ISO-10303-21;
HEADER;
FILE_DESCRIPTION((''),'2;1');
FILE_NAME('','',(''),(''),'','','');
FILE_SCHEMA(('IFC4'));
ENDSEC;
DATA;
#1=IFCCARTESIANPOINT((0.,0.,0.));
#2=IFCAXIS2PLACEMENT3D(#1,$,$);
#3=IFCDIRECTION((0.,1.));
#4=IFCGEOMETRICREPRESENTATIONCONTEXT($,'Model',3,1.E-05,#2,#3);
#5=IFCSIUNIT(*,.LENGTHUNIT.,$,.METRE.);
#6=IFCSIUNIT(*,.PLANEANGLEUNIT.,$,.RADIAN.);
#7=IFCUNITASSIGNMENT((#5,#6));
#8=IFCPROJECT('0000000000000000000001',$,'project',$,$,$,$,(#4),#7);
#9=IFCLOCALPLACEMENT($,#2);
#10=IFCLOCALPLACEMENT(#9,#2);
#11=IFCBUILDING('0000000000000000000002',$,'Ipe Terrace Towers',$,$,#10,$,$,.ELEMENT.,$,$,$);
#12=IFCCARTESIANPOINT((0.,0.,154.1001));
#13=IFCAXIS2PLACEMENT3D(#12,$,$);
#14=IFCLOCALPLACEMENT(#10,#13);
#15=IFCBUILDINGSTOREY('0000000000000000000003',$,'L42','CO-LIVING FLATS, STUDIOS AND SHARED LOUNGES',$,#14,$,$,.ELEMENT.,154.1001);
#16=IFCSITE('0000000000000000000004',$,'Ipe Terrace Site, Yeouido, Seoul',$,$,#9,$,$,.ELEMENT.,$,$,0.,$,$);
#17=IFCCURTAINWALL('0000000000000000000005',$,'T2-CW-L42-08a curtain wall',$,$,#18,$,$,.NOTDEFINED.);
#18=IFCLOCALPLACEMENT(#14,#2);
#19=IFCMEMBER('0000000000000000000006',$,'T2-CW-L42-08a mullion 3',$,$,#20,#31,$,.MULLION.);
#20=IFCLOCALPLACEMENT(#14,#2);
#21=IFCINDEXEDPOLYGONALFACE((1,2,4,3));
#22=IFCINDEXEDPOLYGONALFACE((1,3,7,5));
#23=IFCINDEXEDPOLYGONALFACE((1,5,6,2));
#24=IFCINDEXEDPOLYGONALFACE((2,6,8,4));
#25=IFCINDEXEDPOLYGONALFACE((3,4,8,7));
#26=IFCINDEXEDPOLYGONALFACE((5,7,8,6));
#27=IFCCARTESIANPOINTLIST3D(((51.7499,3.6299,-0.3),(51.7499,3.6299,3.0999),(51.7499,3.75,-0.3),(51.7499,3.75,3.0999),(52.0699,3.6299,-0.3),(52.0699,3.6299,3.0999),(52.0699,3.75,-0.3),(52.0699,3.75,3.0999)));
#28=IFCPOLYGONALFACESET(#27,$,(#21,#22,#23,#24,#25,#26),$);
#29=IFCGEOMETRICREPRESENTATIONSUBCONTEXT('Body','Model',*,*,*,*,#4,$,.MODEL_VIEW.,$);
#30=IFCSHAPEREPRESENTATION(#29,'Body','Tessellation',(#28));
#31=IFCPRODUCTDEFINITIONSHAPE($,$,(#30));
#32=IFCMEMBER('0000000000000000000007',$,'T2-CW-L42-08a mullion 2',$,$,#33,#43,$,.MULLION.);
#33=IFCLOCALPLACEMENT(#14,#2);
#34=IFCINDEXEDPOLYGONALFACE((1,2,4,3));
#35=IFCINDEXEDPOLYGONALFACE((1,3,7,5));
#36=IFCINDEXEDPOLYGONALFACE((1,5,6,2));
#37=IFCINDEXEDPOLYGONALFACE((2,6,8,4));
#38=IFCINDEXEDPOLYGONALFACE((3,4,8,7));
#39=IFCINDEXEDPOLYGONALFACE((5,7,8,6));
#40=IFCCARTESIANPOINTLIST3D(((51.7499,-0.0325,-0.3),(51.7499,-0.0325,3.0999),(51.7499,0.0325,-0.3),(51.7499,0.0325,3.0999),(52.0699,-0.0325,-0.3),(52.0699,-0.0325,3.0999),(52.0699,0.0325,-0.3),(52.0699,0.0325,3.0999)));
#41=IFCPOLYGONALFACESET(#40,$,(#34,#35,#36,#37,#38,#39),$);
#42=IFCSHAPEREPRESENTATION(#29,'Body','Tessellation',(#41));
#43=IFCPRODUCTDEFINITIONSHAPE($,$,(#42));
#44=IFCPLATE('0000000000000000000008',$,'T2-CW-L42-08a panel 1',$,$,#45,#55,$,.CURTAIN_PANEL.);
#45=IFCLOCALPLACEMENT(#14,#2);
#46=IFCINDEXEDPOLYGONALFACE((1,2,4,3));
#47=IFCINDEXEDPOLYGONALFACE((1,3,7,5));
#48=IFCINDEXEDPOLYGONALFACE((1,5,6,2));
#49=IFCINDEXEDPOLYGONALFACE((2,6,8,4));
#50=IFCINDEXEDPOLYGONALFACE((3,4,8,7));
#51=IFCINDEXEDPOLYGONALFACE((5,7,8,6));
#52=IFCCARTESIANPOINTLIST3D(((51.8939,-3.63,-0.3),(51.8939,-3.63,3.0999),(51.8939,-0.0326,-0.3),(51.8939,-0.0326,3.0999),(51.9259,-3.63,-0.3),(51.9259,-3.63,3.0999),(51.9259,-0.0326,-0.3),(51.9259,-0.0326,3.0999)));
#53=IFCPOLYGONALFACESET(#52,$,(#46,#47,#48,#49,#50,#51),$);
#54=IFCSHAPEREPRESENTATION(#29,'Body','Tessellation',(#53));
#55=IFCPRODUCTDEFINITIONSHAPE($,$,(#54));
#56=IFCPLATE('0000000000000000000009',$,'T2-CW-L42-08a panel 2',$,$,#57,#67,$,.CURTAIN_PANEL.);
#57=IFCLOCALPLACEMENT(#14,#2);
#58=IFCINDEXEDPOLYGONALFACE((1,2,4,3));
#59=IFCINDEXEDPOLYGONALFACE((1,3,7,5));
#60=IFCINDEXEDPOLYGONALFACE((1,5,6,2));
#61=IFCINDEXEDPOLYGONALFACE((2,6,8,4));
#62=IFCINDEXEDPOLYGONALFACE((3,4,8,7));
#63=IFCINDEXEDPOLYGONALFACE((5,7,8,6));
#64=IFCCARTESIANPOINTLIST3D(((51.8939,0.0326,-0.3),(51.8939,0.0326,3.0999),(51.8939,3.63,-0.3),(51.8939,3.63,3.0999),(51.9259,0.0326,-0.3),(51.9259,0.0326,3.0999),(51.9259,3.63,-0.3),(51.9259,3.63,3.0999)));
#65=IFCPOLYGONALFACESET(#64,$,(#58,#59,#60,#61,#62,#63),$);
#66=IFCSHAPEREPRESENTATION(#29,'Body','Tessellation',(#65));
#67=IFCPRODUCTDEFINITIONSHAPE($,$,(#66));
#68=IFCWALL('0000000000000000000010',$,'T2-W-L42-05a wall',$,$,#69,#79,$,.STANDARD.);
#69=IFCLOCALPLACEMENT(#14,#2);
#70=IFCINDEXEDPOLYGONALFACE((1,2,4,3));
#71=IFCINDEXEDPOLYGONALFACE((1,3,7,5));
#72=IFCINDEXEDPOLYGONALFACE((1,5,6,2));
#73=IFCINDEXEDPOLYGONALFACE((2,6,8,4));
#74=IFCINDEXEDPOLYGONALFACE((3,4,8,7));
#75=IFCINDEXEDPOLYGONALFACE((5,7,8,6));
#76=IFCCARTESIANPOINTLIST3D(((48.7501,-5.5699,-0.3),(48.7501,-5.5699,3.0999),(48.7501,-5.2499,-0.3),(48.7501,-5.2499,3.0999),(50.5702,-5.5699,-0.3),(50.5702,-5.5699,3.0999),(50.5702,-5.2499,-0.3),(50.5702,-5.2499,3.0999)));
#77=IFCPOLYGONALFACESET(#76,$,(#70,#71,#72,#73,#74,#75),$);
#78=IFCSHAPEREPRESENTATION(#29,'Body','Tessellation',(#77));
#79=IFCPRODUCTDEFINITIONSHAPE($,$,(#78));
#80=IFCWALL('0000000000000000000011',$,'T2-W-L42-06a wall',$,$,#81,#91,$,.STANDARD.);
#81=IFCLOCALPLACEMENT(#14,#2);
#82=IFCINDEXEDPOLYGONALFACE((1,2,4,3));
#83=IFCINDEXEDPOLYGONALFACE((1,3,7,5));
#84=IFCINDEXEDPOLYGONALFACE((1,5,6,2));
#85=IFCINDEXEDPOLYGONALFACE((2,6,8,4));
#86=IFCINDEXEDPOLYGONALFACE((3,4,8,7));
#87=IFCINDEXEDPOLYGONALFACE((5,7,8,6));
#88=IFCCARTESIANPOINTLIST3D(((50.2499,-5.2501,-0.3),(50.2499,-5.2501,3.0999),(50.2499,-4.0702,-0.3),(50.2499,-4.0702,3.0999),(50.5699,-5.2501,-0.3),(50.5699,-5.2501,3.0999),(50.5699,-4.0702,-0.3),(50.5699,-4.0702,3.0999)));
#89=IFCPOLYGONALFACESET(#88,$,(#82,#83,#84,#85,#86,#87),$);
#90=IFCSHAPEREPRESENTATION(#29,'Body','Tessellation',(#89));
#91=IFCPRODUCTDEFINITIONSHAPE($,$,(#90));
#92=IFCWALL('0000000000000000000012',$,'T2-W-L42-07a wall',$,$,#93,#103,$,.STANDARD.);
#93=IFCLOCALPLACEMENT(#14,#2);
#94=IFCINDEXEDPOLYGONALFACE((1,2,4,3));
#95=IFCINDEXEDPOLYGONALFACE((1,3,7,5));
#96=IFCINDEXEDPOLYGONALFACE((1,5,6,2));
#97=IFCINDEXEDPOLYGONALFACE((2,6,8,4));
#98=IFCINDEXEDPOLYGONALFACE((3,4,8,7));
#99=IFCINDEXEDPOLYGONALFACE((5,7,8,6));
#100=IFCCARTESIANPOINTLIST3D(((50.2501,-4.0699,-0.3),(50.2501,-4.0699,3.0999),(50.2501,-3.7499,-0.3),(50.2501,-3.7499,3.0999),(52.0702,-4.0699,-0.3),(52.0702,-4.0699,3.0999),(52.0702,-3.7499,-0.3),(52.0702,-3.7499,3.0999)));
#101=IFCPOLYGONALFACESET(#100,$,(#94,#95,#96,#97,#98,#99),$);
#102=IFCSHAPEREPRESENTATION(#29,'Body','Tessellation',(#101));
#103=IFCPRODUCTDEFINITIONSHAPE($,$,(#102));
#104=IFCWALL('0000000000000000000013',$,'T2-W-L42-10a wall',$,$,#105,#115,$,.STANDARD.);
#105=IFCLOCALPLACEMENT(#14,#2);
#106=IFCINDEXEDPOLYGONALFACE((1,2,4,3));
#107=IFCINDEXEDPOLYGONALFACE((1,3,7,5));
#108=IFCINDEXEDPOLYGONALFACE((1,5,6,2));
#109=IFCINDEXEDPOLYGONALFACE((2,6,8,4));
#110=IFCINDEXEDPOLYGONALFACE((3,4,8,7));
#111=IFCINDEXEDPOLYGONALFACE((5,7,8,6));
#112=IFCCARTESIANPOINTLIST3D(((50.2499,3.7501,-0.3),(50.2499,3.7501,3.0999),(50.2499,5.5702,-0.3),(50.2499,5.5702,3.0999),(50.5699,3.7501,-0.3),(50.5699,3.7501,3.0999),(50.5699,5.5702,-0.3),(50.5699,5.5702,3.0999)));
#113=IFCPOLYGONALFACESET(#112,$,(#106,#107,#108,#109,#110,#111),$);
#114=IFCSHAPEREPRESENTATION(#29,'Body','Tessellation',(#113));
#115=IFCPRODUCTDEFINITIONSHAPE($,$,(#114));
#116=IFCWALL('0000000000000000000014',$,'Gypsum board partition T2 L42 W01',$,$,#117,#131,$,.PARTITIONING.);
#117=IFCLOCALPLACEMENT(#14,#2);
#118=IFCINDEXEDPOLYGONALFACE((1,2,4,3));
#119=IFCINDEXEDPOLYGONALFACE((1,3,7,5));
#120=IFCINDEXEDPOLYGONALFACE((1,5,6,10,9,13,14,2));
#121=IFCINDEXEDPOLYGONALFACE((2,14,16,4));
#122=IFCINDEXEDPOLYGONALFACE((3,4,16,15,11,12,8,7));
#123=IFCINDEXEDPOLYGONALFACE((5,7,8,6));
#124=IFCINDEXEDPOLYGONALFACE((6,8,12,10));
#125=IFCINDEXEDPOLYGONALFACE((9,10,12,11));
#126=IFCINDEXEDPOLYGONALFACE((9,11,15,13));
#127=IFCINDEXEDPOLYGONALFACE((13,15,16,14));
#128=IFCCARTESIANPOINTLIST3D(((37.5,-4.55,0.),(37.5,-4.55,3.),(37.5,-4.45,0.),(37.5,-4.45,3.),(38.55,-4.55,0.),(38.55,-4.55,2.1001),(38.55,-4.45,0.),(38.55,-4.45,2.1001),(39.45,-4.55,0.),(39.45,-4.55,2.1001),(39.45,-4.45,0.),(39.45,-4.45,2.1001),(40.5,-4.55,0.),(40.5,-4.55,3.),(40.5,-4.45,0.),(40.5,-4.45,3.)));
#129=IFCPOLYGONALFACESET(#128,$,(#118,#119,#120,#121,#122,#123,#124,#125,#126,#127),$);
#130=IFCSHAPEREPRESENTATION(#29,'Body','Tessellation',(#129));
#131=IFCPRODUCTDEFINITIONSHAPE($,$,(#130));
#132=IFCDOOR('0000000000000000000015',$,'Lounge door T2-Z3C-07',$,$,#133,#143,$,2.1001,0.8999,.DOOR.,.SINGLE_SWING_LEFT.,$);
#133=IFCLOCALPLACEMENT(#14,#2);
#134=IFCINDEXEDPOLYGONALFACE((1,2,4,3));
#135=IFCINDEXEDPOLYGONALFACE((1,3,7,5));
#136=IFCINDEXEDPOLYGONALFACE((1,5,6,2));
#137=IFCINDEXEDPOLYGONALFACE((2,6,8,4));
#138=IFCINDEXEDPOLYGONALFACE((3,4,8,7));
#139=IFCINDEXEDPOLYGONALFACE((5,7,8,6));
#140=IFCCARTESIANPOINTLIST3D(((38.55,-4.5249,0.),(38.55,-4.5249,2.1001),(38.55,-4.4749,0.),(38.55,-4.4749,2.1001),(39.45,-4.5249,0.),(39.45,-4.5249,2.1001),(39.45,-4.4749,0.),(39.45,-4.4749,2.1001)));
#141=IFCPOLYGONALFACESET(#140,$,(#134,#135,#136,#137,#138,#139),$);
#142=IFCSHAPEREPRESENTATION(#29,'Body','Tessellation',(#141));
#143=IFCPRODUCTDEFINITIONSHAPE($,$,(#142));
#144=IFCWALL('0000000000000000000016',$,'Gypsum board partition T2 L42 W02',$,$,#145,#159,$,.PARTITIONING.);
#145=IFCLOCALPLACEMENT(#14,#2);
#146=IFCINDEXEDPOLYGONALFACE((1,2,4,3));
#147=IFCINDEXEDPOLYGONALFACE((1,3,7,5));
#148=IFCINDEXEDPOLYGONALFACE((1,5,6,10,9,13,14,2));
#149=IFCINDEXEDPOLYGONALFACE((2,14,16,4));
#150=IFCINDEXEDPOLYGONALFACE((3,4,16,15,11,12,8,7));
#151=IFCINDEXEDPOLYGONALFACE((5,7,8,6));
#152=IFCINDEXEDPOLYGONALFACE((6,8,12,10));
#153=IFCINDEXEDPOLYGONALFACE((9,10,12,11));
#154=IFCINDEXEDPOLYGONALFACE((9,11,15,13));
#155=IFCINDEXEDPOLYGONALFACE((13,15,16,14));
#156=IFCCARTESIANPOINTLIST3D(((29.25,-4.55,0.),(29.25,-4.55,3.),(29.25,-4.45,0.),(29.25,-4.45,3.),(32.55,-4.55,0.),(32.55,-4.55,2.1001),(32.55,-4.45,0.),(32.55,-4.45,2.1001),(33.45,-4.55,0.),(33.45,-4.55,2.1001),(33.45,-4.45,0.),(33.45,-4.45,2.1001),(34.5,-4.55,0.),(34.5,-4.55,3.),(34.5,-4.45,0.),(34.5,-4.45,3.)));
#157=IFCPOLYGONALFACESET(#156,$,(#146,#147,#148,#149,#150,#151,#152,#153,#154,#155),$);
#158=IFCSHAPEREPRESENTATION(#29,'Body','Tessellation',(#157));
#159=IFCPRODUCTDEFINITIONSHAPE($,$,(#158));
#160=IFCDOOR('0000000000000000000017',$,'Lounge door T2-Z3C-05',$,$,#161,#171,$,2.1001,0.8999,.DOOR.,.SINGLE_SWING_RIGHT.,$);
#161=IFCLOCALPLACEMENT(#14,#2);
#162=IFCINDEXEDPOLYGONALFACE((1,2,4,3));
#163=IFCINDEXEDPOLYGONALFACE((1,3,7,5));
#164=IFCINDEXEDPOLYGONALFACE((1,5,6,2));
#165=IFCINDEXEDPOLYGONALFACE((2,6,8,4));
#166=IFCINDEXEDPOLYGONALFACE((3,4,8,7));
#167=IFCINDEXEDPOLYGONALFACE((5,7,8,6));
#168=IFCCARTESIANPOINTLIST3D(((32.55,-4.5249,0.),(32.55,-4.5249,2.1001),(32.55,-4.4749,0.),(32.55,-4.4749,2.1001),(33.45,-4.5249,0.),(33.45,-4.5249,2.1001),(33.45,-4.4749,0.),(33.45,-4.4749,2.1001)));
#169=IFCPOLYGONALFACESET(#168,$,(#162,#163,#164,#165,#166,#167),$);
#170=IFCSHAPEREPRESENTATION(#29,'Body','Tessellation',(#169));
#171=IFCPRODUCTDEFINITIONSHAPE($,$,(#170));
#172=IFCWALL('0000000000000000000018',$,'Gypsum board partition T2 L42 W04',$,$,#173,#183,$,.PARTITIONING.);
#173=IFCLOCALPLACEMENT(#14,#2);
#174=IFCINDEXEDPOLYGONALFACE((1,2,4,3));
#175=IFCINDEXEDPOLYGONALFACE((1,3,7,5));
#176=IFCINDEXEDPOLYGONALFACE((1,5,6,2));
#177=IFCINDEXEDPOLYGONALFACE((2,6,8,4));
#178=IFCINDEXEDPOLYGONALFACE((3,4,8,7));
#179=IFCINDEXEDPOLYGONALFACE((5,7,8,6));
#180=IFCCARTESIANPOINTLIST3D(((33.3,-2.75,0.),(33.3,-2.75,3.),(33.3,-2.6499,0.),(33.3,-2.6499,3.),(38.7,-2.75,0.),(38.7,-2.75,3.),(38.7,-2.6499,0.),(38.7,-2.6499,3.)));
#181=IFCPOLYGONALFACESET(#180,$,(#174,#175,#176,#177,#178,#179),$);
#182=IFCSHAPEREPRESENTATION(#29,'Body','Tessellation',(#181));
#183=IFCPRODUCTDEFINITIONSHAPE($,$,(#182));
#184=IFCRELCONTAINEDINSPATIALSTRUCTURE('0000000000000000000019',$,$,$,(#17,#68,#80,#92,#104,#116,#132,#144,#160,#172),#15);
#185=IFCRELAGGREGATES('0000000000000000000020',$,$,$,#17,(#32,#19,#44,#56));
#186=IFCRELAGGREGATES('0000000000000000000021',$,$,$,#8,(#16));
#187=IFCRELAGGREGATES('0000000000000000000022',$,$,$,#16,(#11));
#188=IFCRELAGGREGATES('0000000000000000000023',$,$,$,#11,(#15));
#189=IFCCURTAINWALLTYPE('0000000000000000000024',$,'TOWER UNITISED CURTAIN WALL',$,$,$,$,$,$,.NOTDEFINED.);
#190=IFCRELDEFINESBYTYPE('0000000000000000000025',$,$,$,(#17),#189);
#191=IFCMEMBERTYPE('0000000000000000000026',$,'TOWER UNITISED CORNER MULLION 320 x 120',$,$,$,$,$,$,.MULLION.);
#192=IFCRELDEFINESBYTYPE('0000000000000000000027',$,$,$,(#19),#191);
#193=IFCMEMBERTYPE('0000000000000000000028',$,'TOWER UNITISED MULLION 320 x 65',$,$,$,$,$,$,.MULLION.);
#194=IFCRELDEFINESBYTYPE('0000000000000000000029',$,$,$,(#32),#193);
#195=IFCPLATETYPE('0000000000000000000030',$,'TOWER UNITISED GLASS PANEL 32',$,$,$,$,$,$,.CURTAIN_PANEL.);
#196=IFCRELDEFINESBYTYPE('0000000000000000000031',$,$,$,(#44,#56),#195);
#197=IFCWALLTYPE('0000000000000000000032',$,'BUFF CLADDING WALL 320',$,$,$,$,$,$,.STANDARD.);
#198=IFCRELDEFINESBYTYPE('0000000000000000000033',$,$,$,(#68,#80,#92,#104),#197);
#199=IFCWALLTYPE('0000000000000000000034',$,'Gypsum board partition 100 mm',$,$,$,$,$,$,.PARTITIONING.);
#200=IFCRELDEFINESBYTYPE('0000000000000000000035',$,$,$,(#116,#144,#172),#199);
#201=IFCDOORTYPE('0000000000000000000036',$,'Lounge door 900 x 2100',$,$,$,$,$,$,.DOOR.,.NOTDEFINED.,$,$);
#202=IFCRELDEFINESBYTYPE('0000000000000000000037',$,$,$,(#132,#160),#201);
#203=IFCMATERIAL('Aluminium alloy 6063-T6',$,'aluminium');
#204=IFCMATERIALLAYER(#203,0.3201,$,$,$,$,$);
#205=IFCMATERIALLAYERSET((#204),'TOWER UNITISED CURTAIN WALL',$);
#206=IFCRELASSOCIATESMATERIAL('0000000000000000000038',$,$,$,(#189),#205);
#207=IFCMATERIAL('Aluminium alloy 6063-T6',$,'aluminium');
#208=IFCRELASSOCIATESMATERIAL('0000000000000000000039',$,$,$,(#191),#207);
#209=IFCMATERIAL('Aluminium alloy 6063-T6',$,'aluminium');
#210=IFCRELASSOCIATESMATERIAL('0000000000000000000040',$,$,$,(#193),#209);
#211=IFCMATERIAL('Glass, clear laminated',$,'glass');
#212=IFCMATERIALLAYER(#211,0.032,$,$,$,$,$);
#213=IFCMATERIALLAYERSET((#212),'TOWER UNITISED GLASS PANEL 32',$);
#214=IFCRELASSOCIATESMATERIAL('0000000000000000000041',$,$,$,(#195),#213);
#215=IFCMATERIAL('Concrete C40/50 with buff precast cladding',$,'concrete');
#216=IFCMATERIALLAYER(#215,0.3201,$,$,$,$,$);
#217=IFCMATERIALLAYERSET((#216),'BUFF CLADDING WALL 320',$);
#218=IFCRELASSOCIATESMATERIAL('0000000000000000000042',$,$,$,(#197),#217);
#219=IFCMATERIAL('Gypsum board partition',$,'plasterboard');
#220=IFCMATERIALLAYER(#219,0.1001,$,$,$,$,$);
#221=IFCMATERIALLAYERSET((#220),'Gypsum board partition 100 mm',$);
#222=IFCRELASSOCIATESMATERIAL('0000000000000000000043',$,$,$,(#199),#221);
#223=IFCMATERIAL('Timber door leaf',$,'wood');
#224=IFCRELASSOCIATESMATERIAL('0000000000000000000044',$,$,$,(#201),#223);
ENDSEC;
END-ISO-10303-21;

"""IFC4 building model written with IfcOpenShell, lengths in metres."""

from ifc_helpers import new_model, si_unit, direction, frame, frame_2d, origin, origin_2d, place, context, subcontext, project, spatial, rectangle, extrude, material, layer, layer_set, material_profile, profile_set, type_object, element, fill, aggregate, save


model = new_model("IFC4")

# Units and contexts
model_context = context("Model", 3, precision=1e-05, world=origin(), true_north=direction((0.0, 1.0)))
body_context = subcontext(model_context, "Body", "Model", "MODEL_VIEW")
ifc_project = project(units=[si_unit("LENGTHUNIT", "METRE"), si_unit("PLANEANGLEUNIT", "RADIAN")], contexts=[model_context])

# Site, building, storey
site_placement = place(None, origin())
site = spatial("IfcSite", under=ifc_project, at=site_placement, Name="Ipe Terrace Site, Yeouido, Seoul", CompositionType="ELEMENT", RefElevation=0.0)
building_placement = place(site_placement, origin())
building = spatial("IfcBuilding", under=site, at=building_placement, Name="Ipe Terrace Towers", CompositionType="ELEMENT")
storey_placement = place(building_placement, frame((0.0, 0.0, 154.1001)))
storey = spatial("IfcBuildingStorey", under=building, at=storey_placement, Name="L42", Description="CO-LIVING FLATS, STUDIOS AND SHARED LOUNGES", CompositionType="ELEMENT", Elevation=154.1001)

# Curtain wall, members, plates
ifc_material_1 = material(Name="Aluminium alloy 6063-T6", Category="aluminium")
ifc_layer_1 = layer(ifc_material_1, 0.3201)
ifc_layer_set_1 = layer_set([ifc_layer_1], Name="TOWER UNITISED CURTAIN WALL")
curtain_wall_type = type_object("IfcCurtainWallType", Name="TOWER UNITISED CURTAIN WALL", PredefinedType="NOTDEFINED", material=ifc_layer_set_1)
curtain_wall_placement = place(storey_placement, origin())
curtain_wall = element("IfcCurtainWall", 1, at=curtain_wall_placement, inside=storey, type_object=curtain_wall_type, Name="T2-CW-L42-08a curtain wall", PredefinedType="NOTDEFINED")
ifc_material_2 = material(Name="Aluminium alloy 6063-T6", Category="aluminium")
ifc_material_profile_1 = material_profile(ifc_material_2, rectangle(XDim=0.3201, YDim=0.1201, at=origin_2d()), Name="TOWER UNITISED CORNER MULLION 320 x 120")
ifc_profile_set_1 = profile_set([ifc_material_profile_1], Name="Aluminium alloy 6063-T6")
member_type_1 = type_object("IfcMemberType", Name="TOWER UNITISED CORNER MULLION 320 x 120", PredefinedType="MULLION", material=ifc_profile_set_1)
member_1_placement = place(storey_placement, frame((51.9099, 3.6899, -0.3), z_axis=(0.0, 0.0, 1.0), x_axis=(1.0, 0.0, 0.0)))
member_1 = element("IfcMember", 2, at=member_1_placement, type_object=member_type_1, Name="T2-CW-L42-08a mullion 3", PredefinedType="MULLION", context=body_context, shape_type="SweptSolid", body=[
    extrude(rectangle(XDim=0.3201, YDim=0.1201, at=origin_2d()), origin(), (0.0, 0.0, 1.0), 3.3999),
])
ifc_material_3 = material(Name="Aluminium alloy 6063-T6", Category="aluminium")
ifc_material_profile_2 = material_profile(ifc_material_3, rectangle(XDim=0.3201, YDim=0.0649, at=origin_2d()), Name="TOWER UNITISED MULLION 320 x 65")
ifc_profile_set_2 = profile_set([ifc_material_profile_2], Name="Aluminium alloy 6063-T6")
member_type_2 = type_object("IfcMemberType", Name="TOWER UNITISED MULLION 320 x 65", PredefinedType="MULLION", material=ifc_profile_set_2)
member_2_placement = place(storey_placement, frame((51.9099, 0.0, -0.3), z_axis=(0.0, 0.0, 1.0), x_axis=(1.0, 0.0, 0.0)))
member_2 = element("IfcMember", 3, at=member_2_placement, type_object=member_type_2, Name="T2-CW-L42-08a mullion 2", PredefinedType="MULLION", context=body_context, shape_type="SweptSolid", body=[
    extrude(rectangle(XDim=0.3201, YDim=0.0649, at=origin_2d()), origin(), (0.0, 0.0, 1.0), 3.3999),
])
ifc_material_4 = material(Name="Glass, clear laminated", Category="glass")
ifc_layer_2 = layer(ifc_material_4, 0.032)
ifc_layer_set_2 = layer_set([ifc_layer_2], Name="TOWER UNITISED GLASS PANEL 32")
plate_type = type_object("IfcPlateType", Name="TOWER UNITISED GLASS PANEL 32", PredefinedType="CURTAIN_PANEL", material=ifc_layer_set_2)
plate_1_placement = place(storey_placement, frame((51.9099, -1.8313, -0.3), z_axis=(0.0, 0.0, 1.0), x_axis=(0.0, 1.0, 0.0)))
plate_1 = element("IfcPlate", 4, at=plate_1_placement, type_object=plate_type, Name="T2-CW-L42-08a panel 1", PredefinedType="CURTAIN_PANEL", context=body_context, shape_type="SweptSolid", body=[
    extrude(rectangle(XDim=3.5974, YDim=0.032, at=origin_2d()), origin(), (0.0, 0.0, 1.0), 3.3999),
])
plate_2_placement = place(storey_placement, frame((51.9099, 1.8313, -0.3), z_axis=(0.0, 0.0, 1.0), x_axis=(0.0, 1.0, 0.0)))
plate_2 = element("IfcPlate", 5, at=plate_2_placement, type_object=plate_type, Name="T2-CW-L42-08a panel 2", PredefinedType="CURTAIN_PANEL", context=body_context, shape_type="SweptSolid", body=[
    extrude(rectangle(XDim=3.5974, YDim=0.032, at=origin_2d()), origin(), (0.0, 0.0, 1.0), 3.3999),
])
aggregate(curtain_wall, [member_2, member_1, plate_1, plate_2])

# Walls
ifc_material_5 = material(Name="Concrete C40/50 with buff precast cladding", Category="concrete")
ifc_layer_3 = layer(ifc_material_5, 0.3201)
ifc_layer_set_3 = layer_set([ifc_layer_3], Name="BUFF CLADDING WALL 320")
wall_type_1 = type_object("IfcWallType", Name="BUFF CLADDING WALL 320", PredefinedType="STANDARD", material=ifc_layer_set_3)
wall_1_placement = place(storey_placement, frame((48.75, -5.4099, -0.3), z_axis=(0.0, 0.0, 1.0), x_axis=(1.0, 0.0, 0.0)))
element("IfcWall", 6, at=wall_1_placement, inside=storey, type_object=wall_type_1, Name="T2-W-L42-05a wall", PredefinedType="STANDARD", context=body_context, shape_type="SweptSolid", body=[
    extrude(rectangle(XDim=1.8201, YDim=0.3201, at=frame_2d((0.9102, 0.0))), origin(), (0.0, 0.0, 1.0), 3.3999),
])
wall_2_placement = place(storey_placement, frame((50.4099, -5.25, -0.3), z_axis=(0.0, 0.0, 1.0), x_axis=(0.0, 1.0, 0.0)))
element("IfcWall", 7, at=wall_2_placement, inside=storey, type_object=wall_type_1, Name="T2-W-L42-06a wall", PredefinedType="STANDARD", context=body_context, shape_type="SweptSolid", body=[
    extrude(rectangle(XDim=1.1799, YDim=0.3201, at=frame_2d((0.5898, 0.0))), origin(), (0.0, 0.0, 1.0), 3.3999),
])
for number, where, z_axis, x_axis, name in (
    (8, (50.25, -3.9099, -0.3), (0.0, 0.0, 1.0), (1.0, 0.0, 0.0), "T2-W-L42-07a wall"),
    (9, (50.4099, 3.75, -0.3), (0.0, 0.0, 1.0), (0.0, 1.0, 0.0), "T2-W-L42-10a wall"),
):
    element("IfcWall", number, at=place(storey_placement, frame(where, z_axis=z_axis, x_axis=x_axis)), inside=storey, type_object=wall_type_1, Name=name, PredefinedType="STANDARD", context=body_context, shape_type="SweptSolid", body=[
        extrude(rectangle(XDim=1.8201, YDim=0.3201, at=frame_2d((0.9102, 0.0))), origin(), (0.0, 0.0, 1.0), 3.3999),
    ])

# Walls, openings, doors
ifc_material_6 = material(Name="Gypsum board partition", Category="plasterboard")
ifc_layer_4 = layer(ifc_material_6, 0.1001)
ifc_layer_set_4 = layer_set([ifc_layer_4], Name="Gypsum board partition 100 mm")
wall_type_2 = type_object("IfcWallType", Name="Gypsum board partition 100 mm", PredefinedType="PARTITIONING", material=ifc_layer_set_4)
wall_3_placement = place(storey_placement, frame((40.5, -4.5, 0.0), z_axis=(0.0, 0.0, 1.0), x_axis=(-1.0, 0.0, 0.0)))
wall_3 = element("IfcWall", 10, at=wall_3_placement, inside=storey, type_object=wall_type_2, Name="Gypsum board partition T2 L42 W01", PredefinedType="PARTITIONING", context=body_context, shape_type="SweptSolid", body=[
    extrude(rectangle(XDim=3.0, YDim=0.1001, at=frame_2d((1.5, 0.0))), origin(), (0.0, 0.0, 1.0), 3.0),
])
opening_1_placement = place(wall_3_placement, frame((1.05, 0.0, 0.0)))
opening_1 = element("IfcOpeningElement", 11, at=opening_1_placement, cuts=wall_3, PredefinedType="OPENING", context=body_context, shape_type="SweptSolid", body=[
    extrude(rectangle(XDim=0.8999, YDim=2.1001, at=frame_2d((0.45, 1.05))), frame((0.0, 0.0601, 0.0), z_axis=(0.0, -1.0, 0.0), x_axis=(1.0, 0.0, 0.0)), (0.0, 0.0, 1.0), 0.1201),
])
ifc_material_7 = material(Name="Timber door leaf", Category="wood")
door_type = type_object("IfcDoorType", Name="Lounge door 900 x 2100", OperationType="NOTDEFINED", PredefinedType="DOOR", material=ifc_material_7)
door_1_placement = place(opening_1_placement, origin())
door_1 = element("IfcDoor", 12, at=door_1_placement, inside=storey, type_object=door_type, Name="Lounge door T2-Z3C-07", OperationType="SINGLE_SWING_LEFT", OverallHeight=2.1001, OverallWidth=0.8999, PredefinedType="DOOR", context=body_context, shape_type="SweptSolid", body=[
    extrude(rectangle(XDim=0.8999, YDim=2.1001, at=frame_2d((0.45, 1.05))), frame((0.0, 0.0249, 0.0), z_axis=(0.0, -1.0, 0.0), x_axis=(1.0, 0.0, 0.0)), (0.0, 0.0, 1.0), 0.05),
])
fill(opening_1, door_1)
wall_4_placement = place(storey_placement, frame((34.5, -4.5, 0.0), z_axis=(0.0, 0.0, 1.0), x_axis=(-1.0, 0.0, 0.0)))
wall_4 = element("IfcWall", 13, at=wall_4_placement, inside=storey, type_object=wall_type_2, Name="Gypsum board partition T2 L42 W02", PredefinedType="PARTITIONING", context=body_context, shape_type="SweptSolid", body=[
    extrude(rectangle(XDim=5.25, YDim=0.1001, at=frame_2d((2.625, 0.0))), origin(), (0.0, 0.0, 1.0), 3.0),
])
opening_2_placement = place(wall_4_placement, frame((1.05, 0.0, 0.0)))
opening_2 = element("IfcOpeningElement", 14, at=opening_2_placement, cuts=wall_4, PredefinedType="OPENING", context=body_context, shape_type="SweptSolid", body=[
    extrude(rectangle(XDim=0.8999, YDim=2.1001, at=frame_2d((0.45, 1.05))), frame((0.0, 0.0601, 0.0), z_axis=(0.0, -1.0, 0.0), x_axis=(1.0, 0.0, 0.0)), (0.0, 0.0, 1.0), 0.1201),
])
door_2_placement = place(opening_2_placement, origin())
door_2 = element("IfcDoor", 15, at=door_2_placement, inside=storey, type_object=door_type, Name="Lounge door T2-Z3C-05", OperationType="SINGLE_SWING_RIGHT", OverallHeight=2.1001, OverallWidth=0.8999, PredefinedType="DOOR", context=body_context, shape_type="SweptSolid", body=[
    extrude(rectangle(XDim=0.8999, YDim=2.1001, at=frame_2d((0.45, 1.05))), frame((0.0, 0.0249, 0.0), z_axis=(0.0, -1.0, 0.0), x_axis=(1.0, 0.0, 0.0)), (0.0, 0.0, 1.0), 0.05),
])
fill(opening_2, door_2)

# Wall
wall_5_placement = place(storey_placement, frame((38.7, -2.7, 0.0), z_axis=(0.0, 0.0, 1.0), x_axis=(-1.0, 0.0, 0.0)))
element("IfcWall", 16, at=wall_5_placement, inside=storey, type_object=wall_type_2, Name="Gypsum board partition T2 L42 W04", PredefinedType="PARTITIONING", context=body_context, shape_type="SweptSolid", body=[
    extrude(rectangle(XDim=5.3999, YDim=0.1001, at=frame_2d((2.7, 0.0))), origin(), (0.0, 0.0, 1.0), 3.0),
])

save(model, "model.ifc")
